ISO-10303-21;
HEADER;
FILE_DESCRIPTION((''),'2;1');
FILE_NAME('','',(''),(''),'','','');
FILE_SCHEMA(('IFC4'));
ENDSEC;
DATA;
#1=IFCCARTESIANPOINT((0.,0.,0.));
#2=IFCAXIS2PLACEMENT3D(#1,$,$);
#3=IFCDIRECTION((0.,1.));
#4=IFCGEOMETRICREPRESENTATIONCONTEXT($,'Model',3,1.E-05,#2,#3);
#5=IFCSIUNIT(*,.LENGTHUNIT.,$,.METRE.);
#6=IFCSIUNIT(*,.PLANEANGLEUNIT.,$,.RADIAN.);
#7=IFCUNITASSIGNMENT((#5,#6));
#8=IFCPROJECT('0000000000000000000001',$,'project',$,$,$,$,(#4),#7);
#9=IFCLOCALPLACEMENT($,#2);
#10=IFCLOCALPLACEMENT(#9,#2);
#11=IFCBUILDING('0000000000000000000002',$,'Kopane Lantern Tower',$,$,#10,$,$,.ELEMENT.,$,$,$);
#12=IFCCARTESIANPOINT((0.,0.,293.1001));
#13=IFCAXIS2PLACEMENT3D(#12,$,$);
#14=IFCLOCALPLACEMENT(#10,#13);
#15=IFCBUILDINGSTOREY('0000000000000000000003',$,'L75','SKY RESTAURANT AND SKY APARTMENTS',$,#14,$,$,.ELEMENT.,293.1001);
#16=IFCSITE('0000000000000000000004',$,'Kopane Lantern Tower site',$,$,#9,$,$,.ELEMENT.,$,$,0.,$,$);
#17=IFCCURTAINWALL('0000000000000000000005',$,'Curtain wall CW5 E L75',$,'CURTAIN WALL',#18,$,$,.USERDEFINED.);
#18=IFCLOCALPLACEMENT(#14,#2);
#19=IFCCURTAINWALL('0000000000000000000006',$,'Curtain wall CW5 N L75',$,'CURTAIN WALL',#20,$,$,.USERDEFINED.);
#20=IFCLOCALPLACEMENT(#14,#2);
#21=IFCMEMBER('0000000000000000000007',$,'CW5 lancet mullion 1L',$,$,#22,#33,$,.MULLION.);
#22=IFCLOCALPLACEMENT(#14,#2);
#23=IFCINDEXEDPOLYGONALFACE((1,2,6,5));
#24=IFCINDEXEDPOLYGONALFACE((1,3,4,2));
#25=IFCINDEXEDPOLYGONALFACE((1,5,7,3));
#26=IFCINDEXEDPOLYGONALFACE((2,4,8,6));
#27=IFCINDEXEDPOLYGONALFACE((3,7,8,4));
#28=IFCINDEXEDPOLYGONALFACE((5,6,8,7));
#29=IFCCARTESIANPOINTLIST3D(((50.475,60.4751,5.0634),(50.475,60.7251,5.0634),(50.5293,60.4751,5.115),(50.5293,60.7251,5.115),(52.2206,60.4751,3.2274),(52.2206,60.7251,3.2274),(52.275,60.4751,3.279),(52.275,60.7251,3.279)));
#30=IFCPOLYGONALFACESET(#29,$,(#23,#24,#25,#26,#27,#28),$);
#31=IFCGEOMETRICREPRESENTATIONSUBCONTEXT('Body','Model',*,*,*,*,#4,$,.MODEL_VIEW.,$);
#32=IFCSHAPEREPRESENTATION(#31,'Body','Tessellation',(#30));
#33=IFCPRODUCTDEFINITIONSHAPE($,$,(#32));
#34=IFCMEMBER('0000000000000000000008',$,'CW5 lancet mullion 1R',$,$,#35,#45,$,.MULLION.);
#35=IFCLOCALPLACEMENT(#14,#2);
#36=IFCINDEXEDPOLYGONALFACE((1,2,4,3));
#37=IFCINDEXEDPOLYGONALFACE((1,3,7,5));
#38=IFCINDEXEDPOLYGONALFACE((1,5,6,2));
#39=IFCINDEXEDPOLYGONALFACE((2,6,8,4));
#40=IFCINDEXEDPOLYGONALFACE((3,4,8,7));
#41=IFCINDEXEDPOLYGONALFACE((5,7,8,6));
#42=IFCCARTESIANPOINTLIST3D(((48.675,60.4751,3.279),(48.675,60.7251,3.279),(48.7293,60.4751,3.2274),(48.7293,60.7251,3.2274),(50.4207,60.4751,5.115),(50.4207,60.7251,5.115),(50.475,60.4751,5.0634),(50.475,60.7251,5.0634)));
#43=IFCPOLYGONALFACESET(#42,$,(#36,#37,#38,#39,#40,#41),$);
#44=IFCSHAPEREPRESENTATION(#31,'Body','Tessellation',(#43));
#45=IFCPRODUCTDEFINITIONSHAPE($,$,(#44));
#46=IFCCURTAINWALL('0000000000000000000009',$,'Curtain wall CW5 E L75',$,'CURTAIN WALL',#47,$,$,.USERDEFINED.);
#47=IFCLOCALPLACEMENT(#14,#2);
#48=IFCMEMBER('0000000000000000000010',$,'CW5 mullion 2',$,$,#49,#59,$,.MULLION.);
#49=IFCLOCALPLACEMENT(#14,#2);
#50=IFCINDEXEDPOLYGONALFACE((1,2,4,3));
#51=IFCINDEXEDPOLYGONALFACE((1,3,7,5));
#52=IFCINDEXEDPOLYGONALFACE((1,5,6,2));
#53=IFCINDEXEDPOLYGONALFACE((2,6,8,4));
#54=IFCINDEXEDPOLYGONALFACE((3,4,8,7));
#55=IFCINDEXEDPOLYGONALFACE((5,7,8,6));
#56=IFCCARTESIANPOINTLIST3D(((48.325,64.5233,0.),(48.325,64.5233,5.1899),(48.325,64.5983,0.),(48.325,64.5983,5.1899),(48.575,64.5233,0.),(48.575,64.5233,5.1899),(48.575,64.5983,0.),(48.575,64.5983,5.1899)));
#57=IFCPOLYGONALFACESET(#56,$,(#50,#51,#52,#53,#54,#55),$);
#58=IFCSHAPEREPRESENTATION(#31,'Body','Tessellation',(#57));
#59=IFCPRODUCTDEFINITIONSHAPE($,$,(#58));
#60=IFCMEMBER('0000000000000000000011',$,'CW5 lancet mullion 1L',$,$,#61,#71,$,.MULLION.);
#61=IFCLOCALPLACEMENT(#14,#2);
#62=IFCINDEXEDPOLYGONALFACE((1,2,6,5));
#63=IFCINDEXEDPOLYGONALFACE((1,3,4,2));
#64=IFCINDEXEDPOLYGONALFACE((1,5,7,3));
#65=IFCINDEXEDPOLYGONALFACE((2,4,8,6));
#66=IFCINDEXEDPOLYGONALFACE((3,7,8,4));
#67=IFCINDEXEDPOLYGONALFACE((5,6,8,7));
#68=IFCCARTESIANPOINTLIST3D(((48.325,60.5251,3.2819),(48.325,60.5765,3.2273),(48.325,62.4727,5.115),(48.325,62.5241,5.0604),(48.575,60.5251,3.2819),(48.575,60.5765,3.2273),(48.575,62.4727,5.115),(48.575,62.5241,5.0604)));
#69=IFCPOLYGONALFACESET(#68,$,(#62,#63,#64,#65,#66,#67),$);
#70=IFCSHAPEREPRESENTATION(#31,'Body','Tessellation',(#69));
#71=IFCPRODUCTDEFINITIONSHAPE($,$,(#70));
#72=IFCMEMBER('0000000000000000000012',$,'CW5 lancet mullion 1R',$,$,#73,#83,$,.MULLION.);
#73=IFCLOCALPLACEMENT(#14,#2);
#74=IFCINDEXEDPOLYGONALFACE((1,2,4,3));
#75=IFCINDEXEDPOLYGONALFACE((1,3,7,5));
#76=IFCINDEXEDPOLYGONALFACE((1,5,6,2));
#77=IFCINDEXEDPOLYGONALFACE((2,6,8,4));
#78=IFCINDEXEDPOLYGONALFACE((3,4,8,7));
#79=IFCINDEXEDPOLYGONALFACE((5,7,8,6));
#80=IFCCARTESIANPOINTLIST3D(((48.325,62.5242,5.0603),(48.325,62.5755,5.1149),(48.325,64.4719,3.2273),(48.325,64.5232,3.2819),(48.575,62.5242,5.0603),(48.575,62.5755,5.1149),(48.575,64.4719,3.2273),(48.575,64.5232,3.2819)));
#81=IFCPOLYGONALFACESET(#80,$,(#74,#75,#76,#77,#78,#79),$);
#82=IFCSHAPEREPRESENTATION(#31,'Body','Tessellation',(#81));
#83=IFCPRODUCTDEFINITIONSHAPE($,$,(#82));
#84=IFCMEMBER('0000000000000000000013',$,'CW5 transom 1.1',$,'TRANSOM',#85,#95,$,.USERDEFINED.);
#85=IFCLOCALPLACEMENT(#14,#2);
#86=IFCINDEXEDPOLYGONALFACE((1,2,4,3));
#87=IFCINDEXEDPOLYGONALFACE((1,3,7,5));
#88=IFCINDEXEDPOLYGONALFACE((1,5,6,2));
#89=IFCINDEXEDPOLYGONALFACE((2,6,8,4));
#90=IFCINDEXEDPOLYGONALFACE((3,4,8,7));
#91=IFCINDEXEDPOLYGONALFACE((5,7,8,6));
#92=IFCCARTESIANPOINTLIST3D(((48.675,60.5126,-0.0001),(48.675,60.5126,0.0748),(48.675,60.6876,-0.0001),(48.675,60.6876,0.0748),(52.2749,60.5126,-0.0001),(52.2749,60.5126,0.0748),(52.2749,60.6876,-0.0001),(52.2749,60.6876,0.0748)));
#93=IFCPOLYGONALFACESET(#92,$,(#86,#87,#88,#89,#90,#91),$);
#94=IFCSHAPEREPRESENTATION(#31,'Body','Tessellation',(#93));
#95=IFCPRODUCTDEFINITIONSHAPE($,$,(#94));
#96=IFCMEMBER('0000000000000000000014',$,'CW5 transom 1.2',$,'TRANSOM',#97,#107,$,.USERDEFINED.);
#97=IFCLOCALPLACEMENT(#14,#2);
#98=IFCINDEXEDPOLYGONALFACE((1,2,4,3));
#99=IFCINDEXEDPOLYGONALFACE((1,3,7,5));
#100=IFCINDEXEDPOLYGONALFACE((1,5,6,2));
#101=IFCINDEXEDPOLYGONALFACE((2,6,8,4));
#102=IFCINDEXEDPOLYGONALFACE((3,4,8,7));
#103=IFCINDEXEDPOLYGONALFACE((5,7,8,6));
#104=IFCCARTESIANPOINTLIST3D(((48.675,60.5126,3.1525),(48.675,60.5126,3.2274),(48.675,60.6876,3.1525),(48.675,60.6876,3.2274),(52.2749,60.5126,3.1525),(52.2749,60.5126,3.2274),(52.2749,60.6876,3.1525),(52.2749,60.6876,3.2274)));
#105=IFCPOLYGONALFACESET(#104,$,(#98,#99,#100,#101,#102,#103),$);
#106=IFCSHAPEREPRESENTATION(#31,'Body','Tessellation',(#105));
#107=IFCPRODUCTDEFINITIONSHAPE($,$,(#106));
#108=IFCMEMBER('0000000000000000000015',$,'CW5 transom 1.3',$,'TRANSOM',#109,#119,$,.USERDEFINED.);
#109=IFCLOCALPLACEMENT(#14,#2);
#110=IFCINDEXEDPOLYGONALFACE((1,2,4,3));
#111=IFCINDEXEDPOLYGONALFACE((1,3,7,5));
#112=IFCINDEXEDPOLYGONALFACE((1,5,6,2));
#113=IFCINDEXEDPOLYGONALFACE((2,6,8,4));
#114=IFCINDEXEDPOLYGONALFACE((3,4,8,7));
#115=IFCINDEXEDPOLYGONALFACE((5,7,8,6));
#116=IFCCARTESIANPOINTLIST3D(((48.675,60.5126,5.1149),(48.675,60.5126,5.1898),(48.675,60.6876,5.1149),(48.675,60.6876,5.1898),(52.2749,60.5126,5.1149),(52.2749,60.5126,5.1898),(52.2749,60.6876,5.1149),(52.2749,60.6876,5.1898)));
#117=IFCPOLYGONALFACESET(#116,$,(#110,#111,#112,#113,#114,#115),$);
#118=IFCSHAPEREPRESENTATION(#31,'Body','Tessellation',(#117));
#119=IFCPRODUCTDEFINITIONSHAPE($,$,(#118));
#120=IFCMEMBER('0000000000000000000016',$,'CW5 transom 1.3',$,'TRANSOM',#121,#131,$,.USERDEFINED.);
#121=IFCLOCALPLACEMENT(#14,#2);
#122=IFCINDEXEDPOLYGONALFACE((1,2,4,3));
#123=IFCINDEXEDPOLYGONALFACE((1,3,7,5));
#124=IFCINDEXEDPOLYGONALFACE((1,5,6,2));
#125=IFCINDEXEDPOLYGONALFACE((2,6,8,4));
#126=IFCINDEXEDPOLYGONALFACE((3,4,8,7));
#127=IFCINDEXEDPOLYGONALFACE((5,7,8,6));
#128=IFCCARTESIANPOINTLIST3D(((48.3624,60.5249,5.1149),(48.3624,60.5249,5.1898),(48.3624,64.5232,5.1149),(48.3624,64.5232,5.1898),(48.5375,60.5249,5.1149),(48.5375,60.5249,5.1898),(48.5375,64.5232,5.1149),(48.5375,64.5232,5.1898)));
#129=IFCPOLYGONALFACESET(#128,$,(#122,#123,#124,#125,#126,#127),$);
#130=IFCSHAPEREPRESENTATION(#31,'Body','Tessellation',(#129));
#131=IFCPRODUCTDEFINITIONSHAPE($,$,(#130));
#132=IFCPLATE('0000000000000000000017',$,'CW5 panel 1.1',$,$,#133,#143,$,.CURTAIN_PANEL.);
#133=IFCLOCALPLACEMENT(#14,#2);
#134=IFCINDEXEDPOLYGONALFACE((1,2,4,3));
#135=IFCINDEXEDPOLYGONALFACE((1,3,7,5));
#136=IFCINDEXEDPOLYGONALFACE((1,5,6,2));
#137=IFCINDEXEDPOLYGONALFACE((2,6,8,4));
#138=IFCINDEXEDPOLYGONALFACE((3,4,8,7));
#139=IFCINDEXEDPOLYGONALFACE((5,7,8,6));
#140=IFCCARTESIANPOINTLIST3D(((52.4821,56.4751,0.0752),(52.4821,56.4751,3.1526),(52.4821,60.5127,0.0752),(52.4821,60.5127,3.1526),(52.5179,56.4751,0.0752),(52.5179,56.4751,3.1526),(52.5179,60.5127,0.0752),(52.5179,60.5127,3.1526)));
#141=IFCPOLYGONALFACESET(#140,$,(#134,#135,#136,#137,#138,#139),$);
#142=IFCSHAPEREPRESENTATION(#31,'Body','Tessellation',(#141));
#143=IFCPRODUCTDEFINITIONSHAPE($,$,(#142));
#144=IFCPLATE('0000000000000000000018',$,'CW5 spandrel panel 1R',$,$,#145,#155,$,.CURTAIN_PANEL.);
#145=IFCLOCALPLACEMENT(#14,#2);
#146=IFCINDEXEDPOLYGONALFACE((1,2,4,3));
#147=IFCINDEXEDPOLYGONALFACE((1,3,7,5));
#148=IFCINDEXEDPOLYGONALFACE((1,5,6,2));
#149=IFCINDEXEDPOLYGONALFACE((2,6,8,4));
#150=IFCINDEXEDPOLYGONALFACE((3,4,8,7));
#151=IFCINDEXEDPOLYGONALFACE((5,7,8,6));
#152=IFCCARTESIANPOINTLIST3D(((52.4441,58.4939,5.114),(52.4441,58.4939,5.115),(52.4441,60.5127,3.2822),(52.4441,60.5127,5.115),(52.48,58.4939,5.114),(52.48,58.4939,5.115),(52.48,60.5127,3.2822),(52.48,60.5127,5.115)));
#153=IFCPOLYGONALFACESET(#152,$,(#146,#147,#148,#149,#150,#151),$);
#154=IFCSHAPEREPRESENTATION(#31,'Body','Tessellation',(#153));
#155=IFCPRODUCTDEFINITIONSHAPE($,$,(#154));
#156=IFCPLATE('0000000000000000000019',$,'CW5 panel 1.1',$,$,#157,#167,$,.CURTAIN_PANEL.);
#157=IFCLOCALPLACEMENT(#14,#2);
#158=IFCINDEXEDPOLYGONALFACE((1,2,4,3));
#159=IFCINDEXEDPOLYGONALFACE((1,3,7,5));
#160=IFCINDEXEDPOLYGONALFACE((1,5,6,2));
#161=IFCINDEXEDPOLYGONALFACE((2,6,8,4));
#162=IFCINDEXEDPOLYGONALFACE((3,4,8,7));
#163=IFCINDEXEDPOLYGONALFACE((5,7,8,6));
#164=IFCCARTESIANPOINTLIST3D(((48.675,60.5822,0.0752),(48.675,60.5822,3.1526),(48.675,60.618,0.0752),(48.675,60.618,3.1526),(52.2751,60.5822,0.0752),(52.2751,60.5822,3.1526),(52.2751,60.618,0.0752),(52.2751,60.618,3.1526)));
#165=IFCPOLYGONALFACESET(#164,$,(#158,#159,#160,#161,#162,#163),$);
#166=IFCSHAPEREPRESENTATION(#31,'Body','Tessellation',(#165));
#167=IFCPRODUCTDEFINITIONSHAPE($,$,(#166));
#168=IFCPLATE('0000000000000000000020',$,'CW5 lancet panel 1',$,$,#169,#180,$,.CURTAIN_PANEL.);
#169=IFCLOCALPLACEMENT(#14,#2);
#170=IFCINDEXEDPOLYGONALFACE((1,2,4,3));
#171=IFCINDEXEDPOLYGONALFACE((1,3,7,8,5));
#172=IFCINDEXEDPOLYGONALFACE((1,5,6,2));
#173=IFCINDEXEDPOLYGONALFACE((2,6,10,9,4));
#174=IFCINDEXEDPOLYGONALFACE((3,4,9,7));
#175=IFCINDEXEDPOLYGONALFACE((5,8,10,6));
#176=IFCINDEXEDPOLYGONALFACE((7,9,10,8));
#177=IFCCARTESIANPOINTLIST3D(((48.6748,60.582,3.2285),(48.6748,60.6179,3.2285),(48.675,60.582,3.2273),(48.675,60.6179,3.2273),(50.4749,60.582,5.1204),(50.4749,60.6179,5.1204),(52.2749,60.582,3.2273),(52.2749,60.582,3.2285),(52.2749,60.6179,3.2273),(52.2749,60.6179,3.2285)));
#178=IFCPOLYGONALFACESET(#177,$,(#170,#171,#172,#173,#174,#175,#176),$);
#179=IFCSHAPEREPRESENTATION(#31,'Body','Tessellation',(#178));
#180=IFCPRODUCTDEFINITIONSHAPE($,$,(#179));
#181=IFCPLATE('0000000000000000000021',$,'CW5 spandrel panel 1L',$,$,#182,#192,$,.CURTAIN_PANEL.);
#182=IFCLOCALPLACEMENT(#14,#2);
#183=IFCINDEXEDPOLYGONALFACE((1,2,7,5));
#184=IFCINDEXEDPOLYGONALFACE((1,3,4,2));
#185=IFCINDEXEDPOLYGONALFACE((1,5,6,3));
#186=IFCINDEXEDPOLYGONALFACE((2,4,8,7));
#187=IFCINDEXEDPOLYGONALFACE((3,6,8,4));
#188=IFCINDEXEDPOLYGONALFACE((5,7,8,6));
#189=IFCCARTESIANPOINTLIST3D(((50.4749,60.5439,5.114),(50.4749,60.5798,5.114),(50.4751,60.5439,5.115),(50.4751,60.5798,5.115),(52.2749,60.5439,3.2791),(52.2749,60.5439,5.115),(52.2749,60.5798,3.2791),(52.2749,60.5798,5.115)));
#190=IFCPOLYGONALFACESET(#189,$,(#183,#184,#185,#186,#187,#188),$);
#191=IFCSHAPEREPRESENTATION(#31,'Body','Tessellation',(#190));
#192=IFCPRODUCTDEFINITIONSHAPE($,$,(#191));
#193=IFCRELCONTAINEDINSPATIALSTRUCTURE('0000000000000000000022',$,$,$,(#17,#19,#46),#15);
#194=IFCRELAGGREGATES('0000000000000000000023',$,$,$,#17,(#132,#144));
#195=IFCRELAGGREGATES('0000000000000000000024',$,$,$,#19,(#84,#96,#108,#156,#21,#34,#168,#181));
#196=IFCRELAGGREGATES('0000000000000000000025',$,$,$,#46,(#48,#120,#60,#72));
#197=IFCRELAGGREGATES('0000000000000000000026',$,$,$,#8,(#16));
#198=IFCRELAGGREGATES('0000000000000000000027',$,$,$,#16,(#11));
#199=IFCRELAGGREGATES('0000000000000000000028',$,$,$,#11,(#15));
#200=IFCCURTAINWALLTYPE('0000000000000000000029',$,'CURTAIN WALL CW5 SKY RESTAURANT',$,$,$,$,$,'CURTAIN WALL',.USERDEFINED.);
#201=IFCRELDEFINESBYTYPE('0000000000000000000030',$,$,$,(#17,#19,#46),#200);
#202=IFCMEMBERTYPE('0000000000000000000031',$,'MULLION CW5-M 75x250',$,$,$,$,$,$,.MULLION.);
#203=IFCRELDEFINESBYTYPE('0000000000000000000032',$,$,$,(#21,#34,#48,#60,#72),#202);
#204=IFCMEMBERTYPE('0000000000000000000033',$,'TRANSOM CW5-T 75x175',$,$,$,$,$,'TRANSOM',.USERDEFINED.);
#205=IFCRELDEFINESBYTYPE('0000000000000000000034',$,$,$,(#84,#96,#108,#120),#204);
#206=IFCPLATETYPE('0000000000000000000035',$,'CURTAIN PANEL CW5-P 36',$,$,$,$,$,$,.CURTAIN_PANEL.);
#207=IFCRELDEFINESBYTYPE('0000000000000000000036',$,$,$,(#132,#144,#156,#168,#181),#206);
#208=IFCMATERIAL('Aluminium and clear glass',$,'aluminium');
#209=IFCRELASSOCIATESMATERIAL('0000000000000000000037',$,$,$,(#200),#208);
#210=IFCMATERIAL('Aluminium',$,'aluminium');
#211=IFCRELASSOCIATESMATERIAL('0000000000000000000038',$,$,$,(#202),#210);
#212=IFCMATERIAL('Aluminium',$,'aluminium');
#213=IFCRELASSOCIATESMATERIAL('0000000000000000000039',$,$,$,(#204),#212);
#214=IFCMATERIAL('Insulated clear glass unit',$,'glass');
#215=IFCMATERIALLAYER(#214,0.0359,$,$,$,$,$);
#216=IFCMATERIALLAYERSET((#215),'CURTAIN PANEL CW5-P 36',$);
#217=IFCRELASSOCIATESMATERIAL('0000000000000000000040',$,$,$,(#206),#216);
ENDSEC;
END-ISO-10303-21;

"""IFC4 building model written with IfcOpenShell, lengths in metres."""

from ifc_helpers import new_model, si_unit, direction, frame, origin, origin_2d, place, context, subcontext, project, spatial, polyline, rectangle, outline, extrude, material, layer, layer_set, material_profile, profile_set, type_object, element, aggregate, save


model = new_model("IFC4")

# Units and contexts
model_context = context("Model", 3, precision=1e-05, world=origin(), true_north=direction((0.0, 1.0)))
body_context = subcontext(model_context, "Body", "Model", "MODEL_VIEW")
ifc_project = project(units=[si_unit("LENGTHUNIT", "METRE"), si_unit("PLANEANGLEUNIT", "RADIAN")], contexts=[model_context])

# Site, building, storey
site_placement = place(None, origin())
site = spatial("IfcSite", under=ifc_project, at=site_placement, Name="Kopane Lantern Tower site", CompositionType="ELEMENT", RefElevation=0.0)
building_placement = place(site_placement, origin())
building = spatial("IfcBuilding", under=site, at=building_placement, Name="Kopane Lantern Tower", CompositionType="ELEMENT")
storey_placement = place(building_placement, frame((0.0, 0.0, 293.1001)))
storey = spatial("IfcBuildingStorey", under=building, at=storey_placement, Name="L75", Description="SKY RESTAURANT AND SKY APARTMENTS", CompositionType="ELEMENT", Elevation=293.1001)

# Curtain walls, members
ifc_material_1 = material(Name="Aluminium and clear glass", Category="aluminium")
curtain_wall_type = type_object("IfcCurtainWallType", Name="CURTAIN WALL CW5 SKY RESTAURANT", ElementType="CURTAIN WALL", PredefinedType="USERDEFINED", material=ifc_material_1)
curtain_wall_1_placement = place(storey_placement, origin())
curtain_wall_1 = element("IfcCurtainWall", 1, at=curtain_wall_1_placement, inside=storey, type_object=curtain_wall_type, Name="Curtain wall CW5 E L75", ObjectType="CURTAIN WALL", PredefinedType="USERDEFINED")
ifc_material_2 = material(Name="Aluminium", Category="aluminium")
ifc_material_profile_1 = material_profile(ifc_material_2, rectangle(XDim=0.075, YDim=0.25, at=origin_2d()), Name="AL 75x250")
ifc_profile_set_1 = profile_set([ifc_material_profile_1], Name="Aluminium")
member_type_1 = type_object("IfcMemberType", Name="MULLION CW5-M 75x250", PredefinedType="MULLION", material=ifc_profile_set_1)
curtain_wall_2_placement = place(storey_placement, origin())
curtain_wall_2 = element("IfcCurtainWall", 2, at=curtain_wall_2_placement, inside=storey, type_object=curtain_wall_type, Name="Curtain wall CW5 N L75", ObjectType="CURTAIN WALL", PredefinedType="USERDEFINED")
member_1_placement = place(storey_placement, frame((52.2478, 60.6001, 3.2532), z_axis=(-0.689053, 0.0, 0.724711), x_axis=(0.724711, 0.0, 0.689053)))
member_1 = element("IfcMember", 3, at=member_1_placement, type_object=member_type_1, Name="CW5 lancet mullion 1L", PredefinedType="MULLION", context=body_context, shape_type="SweptSolid", body=[
    extrude(rectangle(XDim=0.075, YDim=0.25, at=origin_2d()), origin(), (0.0, 0.0, 1.0), 2.5334),
])
member_2_placement = place(storey_placement, frame((48.7021, 60.6001, 3.2532), z_axis=(0.689053, 0.0, 0.724711), x_axis=(-0.724711, 0.0, 0.689053)))
member_2 = element("IfcMember", 4, at=member_2_placement, type_object=member_type_1, Name="CW5 lancet mullion 1R", PredefinedType="MULLION", context=body_context, shape_type="SweptSolid", body=[
    extrude(rectangle(XDim=0.075, YDim=0.25, at=origin_2d()), origin(), (0.0, 0.0, 1.0), 2.5334),
])
curtain_wall_3_placement = place(storey_placement, origin())
curtain_wall_3 = element("IfcCurtainWall", 5, at=curtain_wall_3_placement, inside=storey, type_object=curtain_wall_type, Name="Curtain wall CW5 E L75", ObjectType="CURTAIN WALL", PredefinedType="USERDEFINED")
member_3_placement = place(storey_placement, frame((48.45, 64.5608, 0.0), z_axis=(0.0, 0.0, 1.0), x_axis=(0.0, 1.0, 0.0)))
member_3 = element("IfcMember", 6, at=member_3_placement, type_object=member_type_1, Name="CW5 mullion 2", PredefinedType="MULLION", context=body_context, shape_type="SweptSolid", body=[
    extrude(rectangle(XDim=0.075, YDim=0.25, at=origin_2d()), origin(), (0.0, 0.0, 1.0), 5.1899),
])
member_4_placement = place(storey_placement, frame((48.45, 60.5508, 3.2546), z_axis=(0.0, 0.728189, 0.685376), x_axis=(0.0, -0.685376, 0.728189)))
member_4 = element("IfcMember", 7, at=member_4_placement, type_object=member_type_1, Name="CW5 lancet mullion 1L", PredefinedType="MULLION", context=body_context, shape_type="SweptSolid", body=[
    extrude(rectangle(XDim=0.075, YDim=0.25, at=origin_2d()), origin(), (0.0, 0.0, 1.0), 2.6746),
])
member_5_placement = place(storey_placement, frame((48.45, 64.4976, 3.2546), z_axis=(0.0, -0.728232, 0.685331), x_axis=(0.0, 0.685331, 0.728232)))
member_5 = element("IfcMember", 8, at=member_5_placement, type_object=member_type_1, Name="CW5 lancet mullion 1R", PredefinedType="MULLION", context=body_context, shape_type="SweptSolid", body=[
    extrude(rectangle(XDim=0.075, YDim=0.25, at=origin_2d()), origin(), (0.0, 0.0, 1.0), 2.6746),
])

# Members
ifc_material_3 = material(Name="Aluminium", Category="aluminium")
ifc_material_profile_2 = material_profile(ifc_material_3, rectangle(XDim=0.175, YDim=0.075, at=origin_2d()), Name="AL 175x75")
ifc_profile_set_2 = profile_set([ifc_material_profile_2], Name="Aluminium")
member_type_2 = type_object("IfcMemberType", Name="TRANSOM CW5-T 75x175", ElementType="TRANSOM", PredefinedType="USERDEFINED", material=ifc_profile_set_2)
member_6_placement = place(storey_placement, frame((52.2749, 60.6001, 0.0374), z_axis=(-1.0, 0.0, 0.0), x_axis=(0.0, -1.0, 0.0)))
member_6 = element("IfcMember", 9, at=member_6_placement, type_object=member_type_2, Name="CW5 transom 1.1", ObjectType="TRANSOM", PredefinedType="USERDEFINED", context=body_context, shape_type="SweptSolid", body=[
    extrude(rectangle(XDim=0.175, YDim=0.075, at=origin_2d()), origin(), (0.0, 0.0, 1.0), 3.5999),
])
member_7_placement = place(storey_placement, frame((52.2749, 60.6001, 3.1899), z_axis=(-1.0, 0.0, 0.0), x_axis=(0.0, -1.0, 0.0)))
member_7 = element("IfcMember", 10, at=member_7_placement, type_object=member_type_2, Name="CW5 transom 1.2", ObjectType="TRANSOM", PredefinedType="USERDEFINED", context=body_context, shape_type="SweptSolid", body=[
    extrude(rectangle(XDim=0.175, YDim=0.075, at=origin_2d()), origin(), (0.0, 0.0, 1.0), 3.5999),
])
member_8_placement = place(storey_placement, frame((52.2749, 60.6001, 5.1523), z_axis=(-1.0, 0.0, 0.0), x_axis=(0.0, -1.0, 0.0)))
member_8 = element("IfcMember", 11, at=member_8_placement, type_object=member_type_2, Name="CW5 transom 1.3", ObjectType="TRANSOM", PredefinedType="USERDEFINED", context=body_context, shape_type="SweptSolid", body=[
    extrude(rectangle(XDim=0.175, YDim=0.075, at=origin_2d()), origin(), (0.0, 0.0, 1.0), 3.5999),
])
member_9_placement = place(storey_placement, frame((48.45, 60.5249, 5.1523), z_axis=(0.0, 1.0, 0.0), x_axis=(-1.0, 0.0, 0.0)))
member_9 = element("IfcMember", 12, at=member_9_placement, type_object=member_type_2, Name="CW5 transom 1.3", ObjectType="TRANSOM", PredefinedType="USERDEFINED", context=body_context, shape_type="SweptSolid", body=[
    extrude(rectangle(XDim=0.175, YDim=0.075, at=origin_2d()), origin(), (0.0, 0.0, 1.0), 3.9983),
])

# Plates
ifc_material_4 = material(Name="Insulated clear glass unit", Category="glass")
ifc_layer_1 = layer(ifc_material_4, 0.0359)
ifc_layer_set_1 = layer_set([ifc_layer_1], Name="CURTAIN PANEL CW5-P 36")
plate_type = type_object("IfcPlateType", Name="CURTAIN PANEL CW5-P 36", PredefinedType="CURTAIN_PANEL", material=ifc_layer_set_1)
plate_1_placement = place(storey_placement, frame((52.5, 58.4939, 0.0752), z_axis=(0.0, 0.0, 1.0), x_axis=(0.0, 1.0, 0.0)))
plate_1 = element("IfcPlate", 13, at=plate_1_placement, type_object=plate_type, Name="CW5 panel 1.1", PredefinedType="CURTAIN_PANEL", context=body_context, shape_type="SweptSolid", body=[
    extrude(rectangle(XDim=4.0376, YDim=0.0359, at=origin_2d()), origin(), (0.0, 0.0, 1.0), 3.0774),
])
plate_2_placement = place(storey_placement, frame((52.4619, 60.5127, 5.115), z_axis=(0.0, 0.0, 1.0), x_axis=(0.0, -1.0, 0.0)))
plate_2 = element("IfcPlate", 14, at=plate_2_placement, type_object=plate_type, Name="CW5 spandrel panel 1R", PredefinedType="CURTAIN_PANEL", context=body_context, shape_type="SweptSolid", body=[
    extrude(outline(polyline([(0.0, 0.0), (2.0188, 0.0), (2.0188, -0.001), (0.0, -1.8328), (0.0, 0.0)])), frame((0.0, 0.0181, 0.0), z_axis=(0.0, -1.0, 0.0), x_axis=(1.0, 0.0, 0.0)), (0.0, 0.0, 1.0), 0.0359),
])
aggregate(curtain_wall_1, [plate_1, plate_2])
plate_3_placement = place(storey_placement, frame((50.4751, 60.6001, 0.0752), z_axis=(0.0, 0.0, 1.0), x_axis=(-1.0, 0.0, 0.0)))
plate_3 = element("IfcPlate", 15, at=plate_3_placement, type_object=plate_type, Name="CW5 panel 1.1", PredefinedType="CURTAIN_PANEL", context=body_context, shape_type="SweptSolid", body=[
    extrude(rectangle(XDim=3.6001, YDim=0.0359, at=origin_2d()), origin(), (0.0, 0.0, 1.0), 3.0774),
])
plate_4_placement = place(storey_placement, frame((52.2749, 60.6001, 3.2273), z_axis=(0.0, 0.0, 1.0), x_axis=(-1.0, 0.0, 0.0)))
plate_4 = element("IfcPlate", 16, at=plate_4_placement, type_object=plate_type, Name="CW5 lancet panel 1", PredefinedType="CURTAIN_PANEL", context=body_context, shape_type="SweptSolid", body=[
    extrude(outline(polyline([(0.0, 0.0), (3.5999, 0.0), (3.6001, 0.0012), (1.8, 1.8931), (0.0, 0.0012), (0.0, 0.0)])), frame((0.0, 0.0181, 0.0), z_axis=(0.0, -1.0, 0.0), x_axis=(1.0, 0.0, 0.0)), (0.0, 0.0, 1.0), 0.0359),
])
plate_5_placement = place(storey_placement, frame((52.2749, 60.562, 5.115), z_axis=(0.0, 0.0, 1.0), x_axis=(-1.0, 0.0, 0.0)))
plate_5 = element("IfcPlate", 17, at=plate_5_placement, type_object=plate_type, Name="CW5 spandrel panel 1L", PredefinedType="CURTAIN_PANEL", context=body_context, shape_type="SweptSolid", body=[
    extrude(outline(polyline([(0.0, 0.0), (1.7998, 0.0), (1.8, -0.001), (0.0, -1.8359), (0.0, 0.0)])), frame((0.0, 0.0181, 0.0), z_axis=(0.0, -1.0, 0.0), x_axis=(1.0, 0.0, 0.0)), (0.0, 0.0, 1.0), 0.0359),
])
aggregate(curtain_wall_2, [member_6, member_7, member_8, plate_3, member_1, member_2, plate_4, plate_5])
aggregate(curtain_wall_3, [member_3, member_9, member_4, member_5])

save(model, "model.ifc")
